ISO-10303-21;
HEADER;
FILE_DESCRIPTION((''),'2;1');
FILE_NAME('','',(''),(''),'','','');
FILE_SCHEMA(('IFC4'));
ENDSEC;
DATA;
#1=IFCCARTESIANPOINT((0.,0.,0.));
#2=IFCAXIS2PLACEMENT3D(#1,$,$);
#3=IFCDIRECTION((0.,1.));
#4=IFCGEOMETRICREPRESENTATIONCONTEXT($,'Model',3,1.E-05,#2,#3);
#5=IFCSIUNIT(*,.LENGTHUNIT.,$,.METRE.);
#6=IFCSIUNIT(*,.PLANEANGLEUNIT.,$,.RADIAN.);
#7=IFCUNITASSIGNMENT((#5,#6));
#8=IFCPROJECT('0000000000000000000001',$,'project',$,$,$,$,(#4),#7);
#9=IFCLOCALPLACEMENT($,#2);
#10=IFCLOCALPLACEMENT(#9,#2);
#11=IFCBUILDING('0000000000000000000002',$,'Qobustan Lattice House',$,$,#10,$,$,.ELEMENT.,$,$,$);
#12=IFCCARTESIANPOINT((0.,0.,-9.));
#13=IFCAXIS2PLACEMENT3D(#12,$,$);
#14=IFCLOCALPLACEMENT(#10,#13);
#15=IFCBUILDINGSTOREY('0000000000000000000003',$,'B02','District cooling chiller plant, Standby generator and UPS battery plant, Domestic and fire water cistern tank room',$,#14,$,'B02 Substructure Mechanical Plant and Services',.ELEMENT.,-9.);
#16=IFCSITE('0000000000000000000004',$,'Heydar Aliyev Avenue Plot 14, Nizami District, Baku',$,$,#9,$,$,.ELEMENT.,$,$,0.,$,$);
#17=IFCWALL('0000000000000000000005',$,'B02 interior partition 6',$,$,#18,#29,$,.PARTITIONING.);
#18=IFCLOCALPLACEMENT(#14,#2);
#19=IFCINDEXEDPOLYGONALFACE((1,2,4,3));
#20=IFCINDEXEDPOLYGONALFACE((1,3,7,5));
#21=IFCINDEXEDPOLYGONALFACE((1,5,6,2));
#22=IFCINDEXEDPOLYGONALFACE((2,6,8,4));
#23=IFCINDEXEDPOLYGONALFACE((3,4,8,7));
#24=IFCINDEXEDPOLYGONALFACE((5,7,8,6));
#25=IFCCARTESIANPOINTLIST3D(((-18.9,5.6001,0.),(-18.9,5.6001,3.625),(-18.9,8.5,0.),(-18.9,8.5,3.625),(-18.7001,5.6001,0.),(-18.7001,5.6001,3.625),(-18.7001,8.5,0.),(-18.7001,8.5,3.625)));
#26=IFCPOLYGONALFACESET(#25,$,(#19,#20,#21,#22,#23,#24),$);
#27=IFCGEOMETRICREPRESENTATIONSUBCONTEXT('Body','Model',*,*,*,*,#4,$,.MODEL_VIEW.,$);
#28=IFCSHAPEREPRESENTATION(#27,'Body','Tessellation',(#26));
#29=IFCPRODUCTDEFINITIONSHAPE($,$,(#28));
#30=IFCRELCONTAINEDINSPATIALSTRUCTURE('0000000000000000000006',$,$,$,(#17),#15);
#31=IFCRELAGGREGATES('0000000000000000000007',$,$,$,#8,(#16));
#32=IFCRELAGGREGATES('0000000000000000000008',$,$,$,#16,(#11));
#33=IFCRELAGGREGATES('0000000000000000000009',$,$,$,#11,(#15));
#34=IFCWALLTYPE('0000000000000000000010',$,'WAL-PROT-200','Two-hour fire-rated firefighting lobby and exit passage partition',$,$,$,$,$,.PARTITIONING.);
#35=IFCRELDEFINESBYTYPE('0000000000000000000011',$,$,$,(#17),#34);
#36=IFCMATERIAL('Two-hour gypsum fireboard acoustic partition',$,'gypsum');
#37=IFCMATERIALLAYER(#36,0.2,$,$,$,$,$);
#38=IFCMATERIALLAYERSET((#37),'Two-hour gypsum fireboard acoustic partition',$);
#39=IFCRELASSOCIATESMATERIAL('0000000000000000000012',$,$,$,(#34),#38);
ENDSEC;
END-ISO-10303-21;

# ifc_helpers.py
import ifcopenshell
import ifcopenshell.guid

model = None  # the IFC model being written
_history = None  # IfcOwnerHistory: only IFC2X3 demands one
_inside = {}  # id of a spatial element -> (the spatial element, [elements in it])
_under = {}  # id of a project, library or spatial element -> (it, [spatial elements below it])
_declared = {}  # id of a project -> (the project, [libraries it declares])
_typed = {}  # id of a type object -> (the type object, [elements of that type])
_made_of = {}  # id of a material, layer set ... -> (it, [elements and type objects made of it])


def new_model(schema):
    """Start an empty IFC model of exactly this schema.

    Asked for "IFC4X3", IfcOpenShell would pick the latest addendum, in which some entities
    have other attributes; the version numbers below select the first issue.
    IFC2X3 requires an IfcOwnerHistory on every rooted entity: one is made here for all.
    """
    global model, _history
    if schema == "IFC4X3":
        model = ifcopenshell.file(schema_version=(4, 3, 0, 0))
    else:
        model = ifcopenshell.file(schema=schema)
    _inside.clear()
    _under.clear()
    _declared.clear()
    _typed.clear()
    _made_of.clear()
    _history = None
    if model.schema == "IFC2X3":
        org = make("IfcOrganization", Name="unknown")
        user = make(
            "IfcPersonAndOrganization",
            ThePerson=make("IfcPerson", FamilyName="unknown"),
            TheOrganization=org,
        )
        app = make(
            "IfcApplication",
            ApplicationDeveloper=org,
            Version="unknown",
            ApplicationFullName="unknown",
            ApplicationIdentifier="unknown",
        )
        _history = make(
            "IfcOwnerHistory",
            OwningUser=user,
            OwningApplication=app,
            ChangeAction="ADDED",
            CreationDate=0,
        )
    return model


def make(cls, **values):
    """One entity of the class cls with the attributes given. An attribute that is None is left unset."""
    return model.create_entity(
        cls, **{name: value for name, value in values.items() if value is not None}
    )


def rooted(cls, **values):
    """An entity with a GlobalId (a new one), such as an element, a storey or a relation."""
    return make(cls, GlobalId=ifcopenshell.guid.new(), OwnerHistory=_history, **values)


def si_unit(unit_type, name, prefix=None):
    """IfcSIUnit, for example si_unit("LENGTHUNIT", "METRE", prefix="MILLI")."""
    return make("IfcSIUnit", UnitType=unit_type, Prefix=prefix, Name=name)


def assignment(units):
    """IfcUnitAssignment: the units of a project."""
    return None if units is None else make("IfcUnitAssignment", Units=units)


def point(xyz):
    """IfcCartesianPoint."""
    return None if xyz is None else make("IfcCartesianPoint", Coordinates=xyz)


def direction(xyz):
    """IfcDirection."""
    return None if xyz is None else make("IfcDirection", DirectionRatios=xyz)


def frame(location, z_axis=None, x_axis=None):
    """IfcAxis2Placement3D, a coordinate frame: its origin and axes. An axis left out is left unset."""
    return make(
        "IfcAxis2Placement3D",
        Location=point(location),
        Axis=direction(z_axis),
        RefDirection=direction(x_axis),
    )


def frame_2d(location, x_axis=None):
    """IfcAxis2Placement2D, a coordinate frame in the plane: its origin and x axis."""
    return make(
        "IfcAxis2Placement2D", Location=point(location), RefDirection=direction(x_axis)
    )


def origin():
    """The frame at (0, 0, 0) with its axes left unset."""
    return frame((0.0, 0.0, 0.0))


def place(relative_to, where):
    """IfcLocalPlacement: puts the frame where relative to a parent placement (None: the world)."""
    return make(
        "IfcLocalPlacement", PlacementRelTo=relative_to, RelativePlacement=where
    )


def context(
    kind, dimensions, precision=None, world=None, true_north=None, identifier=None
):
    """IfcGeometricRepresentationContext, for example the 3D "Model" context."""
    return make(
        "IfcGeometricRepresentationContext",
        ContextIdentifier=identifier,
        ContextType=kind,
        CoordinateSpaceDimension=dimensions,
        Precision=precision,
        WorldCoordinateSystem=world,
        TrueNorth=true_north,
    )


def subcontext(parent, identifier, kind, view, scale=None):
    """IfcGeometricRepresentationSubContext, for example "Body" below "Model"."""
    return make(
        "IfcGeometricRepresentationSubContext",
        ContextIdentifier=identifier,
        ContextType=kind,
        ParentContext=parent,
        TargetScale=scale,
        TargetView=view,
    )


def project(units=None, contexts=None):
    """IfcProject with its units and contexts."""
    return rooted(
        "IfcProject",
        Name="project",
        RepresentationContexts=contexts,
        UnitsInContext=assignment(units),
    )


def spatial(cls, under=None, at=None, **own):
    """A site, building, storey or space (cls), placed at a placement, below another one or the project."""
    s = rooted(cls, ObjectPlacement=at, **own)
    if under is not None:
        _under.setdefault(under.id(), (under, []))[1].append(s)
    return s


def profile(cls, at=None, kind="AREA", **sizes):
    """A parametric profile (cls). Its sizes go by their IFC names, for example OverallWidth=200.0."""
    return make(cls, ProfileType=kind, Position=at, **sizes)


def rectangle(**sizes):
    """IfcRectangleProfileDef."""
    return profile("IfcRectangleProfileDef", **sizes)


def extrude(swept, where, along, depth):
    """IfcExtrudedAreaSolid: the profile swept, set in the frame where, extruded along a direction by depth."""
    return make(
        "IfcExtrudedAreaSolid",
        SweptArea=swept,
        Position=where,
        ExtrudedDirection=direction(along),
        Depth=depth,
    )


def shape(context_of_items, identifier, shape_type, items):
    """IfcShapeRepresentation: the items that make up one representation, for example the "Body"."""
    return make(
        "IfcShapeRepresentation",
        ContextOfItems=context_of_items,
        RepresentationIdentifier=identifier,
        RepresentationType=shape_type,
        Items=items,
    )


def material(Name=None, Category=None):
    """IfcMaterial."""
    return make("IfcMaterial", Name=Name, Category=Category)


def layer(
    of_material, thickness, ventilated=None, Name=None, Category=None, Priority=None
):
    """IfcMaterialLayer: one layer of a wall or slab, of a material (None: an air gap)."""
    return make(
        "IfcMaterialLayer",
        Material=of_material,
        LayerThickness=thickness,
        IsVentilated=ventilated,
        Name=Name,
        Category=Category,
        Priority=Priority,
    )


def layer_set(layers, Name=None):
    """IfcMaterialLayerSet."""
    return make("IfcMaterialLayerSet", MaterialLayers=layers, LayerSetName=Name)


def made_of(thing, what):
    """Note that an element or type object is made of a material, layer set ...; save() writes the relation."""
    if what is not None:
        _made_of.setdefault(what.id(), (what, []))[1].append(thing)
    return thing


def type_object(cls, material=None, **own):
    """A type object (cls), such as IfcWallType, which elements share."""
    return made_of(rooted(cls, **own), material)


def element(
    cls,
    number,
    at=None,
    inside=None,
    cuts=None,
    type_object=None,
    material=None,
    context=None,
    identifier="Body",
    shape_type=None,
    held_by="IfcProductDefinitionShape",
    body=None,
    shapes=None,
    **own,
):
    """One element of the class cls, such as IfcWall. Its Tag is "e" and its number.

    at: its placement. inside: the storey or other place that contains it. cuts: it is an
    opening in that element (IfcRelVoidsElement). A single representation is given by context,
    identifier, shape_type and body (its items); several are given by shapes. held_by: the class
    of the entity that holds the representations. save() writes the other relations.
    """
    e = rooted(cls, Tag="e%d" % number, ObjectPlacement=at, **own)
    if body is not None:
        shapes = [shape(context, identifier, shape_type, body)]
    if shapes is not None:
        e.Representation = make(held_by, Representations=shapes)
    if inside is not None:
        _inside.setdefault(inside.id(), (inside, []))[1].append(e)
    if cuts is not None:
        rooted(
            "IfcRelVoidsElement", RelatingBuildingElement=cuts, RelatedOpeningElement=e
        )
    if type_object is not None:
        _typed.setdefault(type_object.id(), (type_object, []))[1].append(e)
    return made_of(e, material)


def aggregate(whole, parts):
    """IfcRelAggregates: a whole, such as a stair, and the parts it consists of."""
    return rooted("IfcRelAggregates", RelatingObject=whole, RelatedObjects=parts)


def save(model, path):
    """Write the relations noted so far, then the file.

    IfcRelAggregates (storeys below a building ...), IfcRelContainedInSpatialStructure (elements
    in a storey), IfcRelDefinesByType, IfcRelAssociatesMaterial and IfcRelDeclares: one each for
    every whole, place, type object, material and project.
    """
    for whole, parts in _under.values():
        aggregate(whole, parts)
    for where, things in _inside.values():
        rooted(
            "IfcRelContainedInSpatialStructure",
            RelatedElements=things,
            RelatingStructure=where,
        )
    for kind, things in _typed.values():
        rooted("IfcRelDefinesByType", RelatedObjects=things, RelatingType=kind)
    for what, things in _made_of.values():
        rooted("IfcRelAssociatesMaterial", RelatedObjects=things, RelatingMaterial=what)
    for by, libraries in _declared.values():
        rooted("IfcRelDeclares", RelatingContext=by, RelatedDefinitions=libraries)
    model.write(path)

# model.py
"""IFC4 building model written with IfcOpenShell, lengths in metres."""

from ifc_helpers import new_model, si_unit, direction, frame, frame_2d, origin, place, context, subcontext, project, spatial, rectangle, extrude, material, layer, layer_set, type_object, element, save


model = new_model("IFC4")

# Units and contexts
model_context = context("Model", 3, precision=1e-05, world=origin(), true_north=direction((0.0, 1.0)))
body_context = subcontext(model_context, "Body", "Model", "MODEL_VIEW")
ifc_project = project(units=[si_unit("LENGTHUNIT", "METRE"), si_unit("PLANEANGLEUNIT", "RADIAN")], contexts=[model_context])

# Site, building, storey
site_placement = place(None, origin())
site = spatial("IfcSite", under=ifc_project, at=site_placement, Name="Heydar Aliyev Avenue Plot 14, Nizami District, Baku", CompositionType="ELEMENT", RefElevation=0.0)
building_placement = place(site_placement, origin())
building = spatial("IfcBuilding", under=site, at=building_placement, Name="Qobustan Lattice House", CompositionType="ELEMENT")
storey_placement = place(building_placement, frame((0.0, 0.0, -9.0)))
storey = spatial("IfcBuildingStorey", under=building, at=storey_placement, Name="B02", Description="District cooling chiller plant, Standby generator and UPS battery plant, Domestic and fire water cistern tank room", LongName="B02 Substructure Mechanical Plant and Services", CompositionType="ELEMENT", Elevation=-9.0)

# Wall
ifc_material_1 = material(Name="Two-hour gypsum fireboard acoustic partition", Category="gypsum")
ifc_layer_1 = layer(ifc_material_1, 0.2)
ifc_layer_set_1 = layer_set([ifc_layer_1], Name="Two-hour gypsum fireboard acoustic partition")
wall_type_1 = type_object("IfcWallType", Name="WAL-PROT-200", Description="Two-hour fire-rated firefighting lobby and exit passage partition", PredefinedType="PARTITIONING", material=ifc_layer_set_1)
wall_1_placement = place(storey_placement, frame((-18.8, 8.5, 0.0), z_axis=(0.0, 0.0, 1.0), x_axis=(0.0, -1.0, 0.0)))
element("IfcWall", 1, at=wall_1_placement, inside=storey, type_object=wall_type_1, Name="B02 interior partition 6", PredefinedType="PARTITIONING", context=body_context, shape_type="SweptSolid", body=[
    extrude(rectangle(XDim=2.8999, YDim=0.2, at=frame_2d((1.45, 0.0))), origin(), (0.0, 0.0, 1.0), 3.625),
])

save(model, "model.ifc")
